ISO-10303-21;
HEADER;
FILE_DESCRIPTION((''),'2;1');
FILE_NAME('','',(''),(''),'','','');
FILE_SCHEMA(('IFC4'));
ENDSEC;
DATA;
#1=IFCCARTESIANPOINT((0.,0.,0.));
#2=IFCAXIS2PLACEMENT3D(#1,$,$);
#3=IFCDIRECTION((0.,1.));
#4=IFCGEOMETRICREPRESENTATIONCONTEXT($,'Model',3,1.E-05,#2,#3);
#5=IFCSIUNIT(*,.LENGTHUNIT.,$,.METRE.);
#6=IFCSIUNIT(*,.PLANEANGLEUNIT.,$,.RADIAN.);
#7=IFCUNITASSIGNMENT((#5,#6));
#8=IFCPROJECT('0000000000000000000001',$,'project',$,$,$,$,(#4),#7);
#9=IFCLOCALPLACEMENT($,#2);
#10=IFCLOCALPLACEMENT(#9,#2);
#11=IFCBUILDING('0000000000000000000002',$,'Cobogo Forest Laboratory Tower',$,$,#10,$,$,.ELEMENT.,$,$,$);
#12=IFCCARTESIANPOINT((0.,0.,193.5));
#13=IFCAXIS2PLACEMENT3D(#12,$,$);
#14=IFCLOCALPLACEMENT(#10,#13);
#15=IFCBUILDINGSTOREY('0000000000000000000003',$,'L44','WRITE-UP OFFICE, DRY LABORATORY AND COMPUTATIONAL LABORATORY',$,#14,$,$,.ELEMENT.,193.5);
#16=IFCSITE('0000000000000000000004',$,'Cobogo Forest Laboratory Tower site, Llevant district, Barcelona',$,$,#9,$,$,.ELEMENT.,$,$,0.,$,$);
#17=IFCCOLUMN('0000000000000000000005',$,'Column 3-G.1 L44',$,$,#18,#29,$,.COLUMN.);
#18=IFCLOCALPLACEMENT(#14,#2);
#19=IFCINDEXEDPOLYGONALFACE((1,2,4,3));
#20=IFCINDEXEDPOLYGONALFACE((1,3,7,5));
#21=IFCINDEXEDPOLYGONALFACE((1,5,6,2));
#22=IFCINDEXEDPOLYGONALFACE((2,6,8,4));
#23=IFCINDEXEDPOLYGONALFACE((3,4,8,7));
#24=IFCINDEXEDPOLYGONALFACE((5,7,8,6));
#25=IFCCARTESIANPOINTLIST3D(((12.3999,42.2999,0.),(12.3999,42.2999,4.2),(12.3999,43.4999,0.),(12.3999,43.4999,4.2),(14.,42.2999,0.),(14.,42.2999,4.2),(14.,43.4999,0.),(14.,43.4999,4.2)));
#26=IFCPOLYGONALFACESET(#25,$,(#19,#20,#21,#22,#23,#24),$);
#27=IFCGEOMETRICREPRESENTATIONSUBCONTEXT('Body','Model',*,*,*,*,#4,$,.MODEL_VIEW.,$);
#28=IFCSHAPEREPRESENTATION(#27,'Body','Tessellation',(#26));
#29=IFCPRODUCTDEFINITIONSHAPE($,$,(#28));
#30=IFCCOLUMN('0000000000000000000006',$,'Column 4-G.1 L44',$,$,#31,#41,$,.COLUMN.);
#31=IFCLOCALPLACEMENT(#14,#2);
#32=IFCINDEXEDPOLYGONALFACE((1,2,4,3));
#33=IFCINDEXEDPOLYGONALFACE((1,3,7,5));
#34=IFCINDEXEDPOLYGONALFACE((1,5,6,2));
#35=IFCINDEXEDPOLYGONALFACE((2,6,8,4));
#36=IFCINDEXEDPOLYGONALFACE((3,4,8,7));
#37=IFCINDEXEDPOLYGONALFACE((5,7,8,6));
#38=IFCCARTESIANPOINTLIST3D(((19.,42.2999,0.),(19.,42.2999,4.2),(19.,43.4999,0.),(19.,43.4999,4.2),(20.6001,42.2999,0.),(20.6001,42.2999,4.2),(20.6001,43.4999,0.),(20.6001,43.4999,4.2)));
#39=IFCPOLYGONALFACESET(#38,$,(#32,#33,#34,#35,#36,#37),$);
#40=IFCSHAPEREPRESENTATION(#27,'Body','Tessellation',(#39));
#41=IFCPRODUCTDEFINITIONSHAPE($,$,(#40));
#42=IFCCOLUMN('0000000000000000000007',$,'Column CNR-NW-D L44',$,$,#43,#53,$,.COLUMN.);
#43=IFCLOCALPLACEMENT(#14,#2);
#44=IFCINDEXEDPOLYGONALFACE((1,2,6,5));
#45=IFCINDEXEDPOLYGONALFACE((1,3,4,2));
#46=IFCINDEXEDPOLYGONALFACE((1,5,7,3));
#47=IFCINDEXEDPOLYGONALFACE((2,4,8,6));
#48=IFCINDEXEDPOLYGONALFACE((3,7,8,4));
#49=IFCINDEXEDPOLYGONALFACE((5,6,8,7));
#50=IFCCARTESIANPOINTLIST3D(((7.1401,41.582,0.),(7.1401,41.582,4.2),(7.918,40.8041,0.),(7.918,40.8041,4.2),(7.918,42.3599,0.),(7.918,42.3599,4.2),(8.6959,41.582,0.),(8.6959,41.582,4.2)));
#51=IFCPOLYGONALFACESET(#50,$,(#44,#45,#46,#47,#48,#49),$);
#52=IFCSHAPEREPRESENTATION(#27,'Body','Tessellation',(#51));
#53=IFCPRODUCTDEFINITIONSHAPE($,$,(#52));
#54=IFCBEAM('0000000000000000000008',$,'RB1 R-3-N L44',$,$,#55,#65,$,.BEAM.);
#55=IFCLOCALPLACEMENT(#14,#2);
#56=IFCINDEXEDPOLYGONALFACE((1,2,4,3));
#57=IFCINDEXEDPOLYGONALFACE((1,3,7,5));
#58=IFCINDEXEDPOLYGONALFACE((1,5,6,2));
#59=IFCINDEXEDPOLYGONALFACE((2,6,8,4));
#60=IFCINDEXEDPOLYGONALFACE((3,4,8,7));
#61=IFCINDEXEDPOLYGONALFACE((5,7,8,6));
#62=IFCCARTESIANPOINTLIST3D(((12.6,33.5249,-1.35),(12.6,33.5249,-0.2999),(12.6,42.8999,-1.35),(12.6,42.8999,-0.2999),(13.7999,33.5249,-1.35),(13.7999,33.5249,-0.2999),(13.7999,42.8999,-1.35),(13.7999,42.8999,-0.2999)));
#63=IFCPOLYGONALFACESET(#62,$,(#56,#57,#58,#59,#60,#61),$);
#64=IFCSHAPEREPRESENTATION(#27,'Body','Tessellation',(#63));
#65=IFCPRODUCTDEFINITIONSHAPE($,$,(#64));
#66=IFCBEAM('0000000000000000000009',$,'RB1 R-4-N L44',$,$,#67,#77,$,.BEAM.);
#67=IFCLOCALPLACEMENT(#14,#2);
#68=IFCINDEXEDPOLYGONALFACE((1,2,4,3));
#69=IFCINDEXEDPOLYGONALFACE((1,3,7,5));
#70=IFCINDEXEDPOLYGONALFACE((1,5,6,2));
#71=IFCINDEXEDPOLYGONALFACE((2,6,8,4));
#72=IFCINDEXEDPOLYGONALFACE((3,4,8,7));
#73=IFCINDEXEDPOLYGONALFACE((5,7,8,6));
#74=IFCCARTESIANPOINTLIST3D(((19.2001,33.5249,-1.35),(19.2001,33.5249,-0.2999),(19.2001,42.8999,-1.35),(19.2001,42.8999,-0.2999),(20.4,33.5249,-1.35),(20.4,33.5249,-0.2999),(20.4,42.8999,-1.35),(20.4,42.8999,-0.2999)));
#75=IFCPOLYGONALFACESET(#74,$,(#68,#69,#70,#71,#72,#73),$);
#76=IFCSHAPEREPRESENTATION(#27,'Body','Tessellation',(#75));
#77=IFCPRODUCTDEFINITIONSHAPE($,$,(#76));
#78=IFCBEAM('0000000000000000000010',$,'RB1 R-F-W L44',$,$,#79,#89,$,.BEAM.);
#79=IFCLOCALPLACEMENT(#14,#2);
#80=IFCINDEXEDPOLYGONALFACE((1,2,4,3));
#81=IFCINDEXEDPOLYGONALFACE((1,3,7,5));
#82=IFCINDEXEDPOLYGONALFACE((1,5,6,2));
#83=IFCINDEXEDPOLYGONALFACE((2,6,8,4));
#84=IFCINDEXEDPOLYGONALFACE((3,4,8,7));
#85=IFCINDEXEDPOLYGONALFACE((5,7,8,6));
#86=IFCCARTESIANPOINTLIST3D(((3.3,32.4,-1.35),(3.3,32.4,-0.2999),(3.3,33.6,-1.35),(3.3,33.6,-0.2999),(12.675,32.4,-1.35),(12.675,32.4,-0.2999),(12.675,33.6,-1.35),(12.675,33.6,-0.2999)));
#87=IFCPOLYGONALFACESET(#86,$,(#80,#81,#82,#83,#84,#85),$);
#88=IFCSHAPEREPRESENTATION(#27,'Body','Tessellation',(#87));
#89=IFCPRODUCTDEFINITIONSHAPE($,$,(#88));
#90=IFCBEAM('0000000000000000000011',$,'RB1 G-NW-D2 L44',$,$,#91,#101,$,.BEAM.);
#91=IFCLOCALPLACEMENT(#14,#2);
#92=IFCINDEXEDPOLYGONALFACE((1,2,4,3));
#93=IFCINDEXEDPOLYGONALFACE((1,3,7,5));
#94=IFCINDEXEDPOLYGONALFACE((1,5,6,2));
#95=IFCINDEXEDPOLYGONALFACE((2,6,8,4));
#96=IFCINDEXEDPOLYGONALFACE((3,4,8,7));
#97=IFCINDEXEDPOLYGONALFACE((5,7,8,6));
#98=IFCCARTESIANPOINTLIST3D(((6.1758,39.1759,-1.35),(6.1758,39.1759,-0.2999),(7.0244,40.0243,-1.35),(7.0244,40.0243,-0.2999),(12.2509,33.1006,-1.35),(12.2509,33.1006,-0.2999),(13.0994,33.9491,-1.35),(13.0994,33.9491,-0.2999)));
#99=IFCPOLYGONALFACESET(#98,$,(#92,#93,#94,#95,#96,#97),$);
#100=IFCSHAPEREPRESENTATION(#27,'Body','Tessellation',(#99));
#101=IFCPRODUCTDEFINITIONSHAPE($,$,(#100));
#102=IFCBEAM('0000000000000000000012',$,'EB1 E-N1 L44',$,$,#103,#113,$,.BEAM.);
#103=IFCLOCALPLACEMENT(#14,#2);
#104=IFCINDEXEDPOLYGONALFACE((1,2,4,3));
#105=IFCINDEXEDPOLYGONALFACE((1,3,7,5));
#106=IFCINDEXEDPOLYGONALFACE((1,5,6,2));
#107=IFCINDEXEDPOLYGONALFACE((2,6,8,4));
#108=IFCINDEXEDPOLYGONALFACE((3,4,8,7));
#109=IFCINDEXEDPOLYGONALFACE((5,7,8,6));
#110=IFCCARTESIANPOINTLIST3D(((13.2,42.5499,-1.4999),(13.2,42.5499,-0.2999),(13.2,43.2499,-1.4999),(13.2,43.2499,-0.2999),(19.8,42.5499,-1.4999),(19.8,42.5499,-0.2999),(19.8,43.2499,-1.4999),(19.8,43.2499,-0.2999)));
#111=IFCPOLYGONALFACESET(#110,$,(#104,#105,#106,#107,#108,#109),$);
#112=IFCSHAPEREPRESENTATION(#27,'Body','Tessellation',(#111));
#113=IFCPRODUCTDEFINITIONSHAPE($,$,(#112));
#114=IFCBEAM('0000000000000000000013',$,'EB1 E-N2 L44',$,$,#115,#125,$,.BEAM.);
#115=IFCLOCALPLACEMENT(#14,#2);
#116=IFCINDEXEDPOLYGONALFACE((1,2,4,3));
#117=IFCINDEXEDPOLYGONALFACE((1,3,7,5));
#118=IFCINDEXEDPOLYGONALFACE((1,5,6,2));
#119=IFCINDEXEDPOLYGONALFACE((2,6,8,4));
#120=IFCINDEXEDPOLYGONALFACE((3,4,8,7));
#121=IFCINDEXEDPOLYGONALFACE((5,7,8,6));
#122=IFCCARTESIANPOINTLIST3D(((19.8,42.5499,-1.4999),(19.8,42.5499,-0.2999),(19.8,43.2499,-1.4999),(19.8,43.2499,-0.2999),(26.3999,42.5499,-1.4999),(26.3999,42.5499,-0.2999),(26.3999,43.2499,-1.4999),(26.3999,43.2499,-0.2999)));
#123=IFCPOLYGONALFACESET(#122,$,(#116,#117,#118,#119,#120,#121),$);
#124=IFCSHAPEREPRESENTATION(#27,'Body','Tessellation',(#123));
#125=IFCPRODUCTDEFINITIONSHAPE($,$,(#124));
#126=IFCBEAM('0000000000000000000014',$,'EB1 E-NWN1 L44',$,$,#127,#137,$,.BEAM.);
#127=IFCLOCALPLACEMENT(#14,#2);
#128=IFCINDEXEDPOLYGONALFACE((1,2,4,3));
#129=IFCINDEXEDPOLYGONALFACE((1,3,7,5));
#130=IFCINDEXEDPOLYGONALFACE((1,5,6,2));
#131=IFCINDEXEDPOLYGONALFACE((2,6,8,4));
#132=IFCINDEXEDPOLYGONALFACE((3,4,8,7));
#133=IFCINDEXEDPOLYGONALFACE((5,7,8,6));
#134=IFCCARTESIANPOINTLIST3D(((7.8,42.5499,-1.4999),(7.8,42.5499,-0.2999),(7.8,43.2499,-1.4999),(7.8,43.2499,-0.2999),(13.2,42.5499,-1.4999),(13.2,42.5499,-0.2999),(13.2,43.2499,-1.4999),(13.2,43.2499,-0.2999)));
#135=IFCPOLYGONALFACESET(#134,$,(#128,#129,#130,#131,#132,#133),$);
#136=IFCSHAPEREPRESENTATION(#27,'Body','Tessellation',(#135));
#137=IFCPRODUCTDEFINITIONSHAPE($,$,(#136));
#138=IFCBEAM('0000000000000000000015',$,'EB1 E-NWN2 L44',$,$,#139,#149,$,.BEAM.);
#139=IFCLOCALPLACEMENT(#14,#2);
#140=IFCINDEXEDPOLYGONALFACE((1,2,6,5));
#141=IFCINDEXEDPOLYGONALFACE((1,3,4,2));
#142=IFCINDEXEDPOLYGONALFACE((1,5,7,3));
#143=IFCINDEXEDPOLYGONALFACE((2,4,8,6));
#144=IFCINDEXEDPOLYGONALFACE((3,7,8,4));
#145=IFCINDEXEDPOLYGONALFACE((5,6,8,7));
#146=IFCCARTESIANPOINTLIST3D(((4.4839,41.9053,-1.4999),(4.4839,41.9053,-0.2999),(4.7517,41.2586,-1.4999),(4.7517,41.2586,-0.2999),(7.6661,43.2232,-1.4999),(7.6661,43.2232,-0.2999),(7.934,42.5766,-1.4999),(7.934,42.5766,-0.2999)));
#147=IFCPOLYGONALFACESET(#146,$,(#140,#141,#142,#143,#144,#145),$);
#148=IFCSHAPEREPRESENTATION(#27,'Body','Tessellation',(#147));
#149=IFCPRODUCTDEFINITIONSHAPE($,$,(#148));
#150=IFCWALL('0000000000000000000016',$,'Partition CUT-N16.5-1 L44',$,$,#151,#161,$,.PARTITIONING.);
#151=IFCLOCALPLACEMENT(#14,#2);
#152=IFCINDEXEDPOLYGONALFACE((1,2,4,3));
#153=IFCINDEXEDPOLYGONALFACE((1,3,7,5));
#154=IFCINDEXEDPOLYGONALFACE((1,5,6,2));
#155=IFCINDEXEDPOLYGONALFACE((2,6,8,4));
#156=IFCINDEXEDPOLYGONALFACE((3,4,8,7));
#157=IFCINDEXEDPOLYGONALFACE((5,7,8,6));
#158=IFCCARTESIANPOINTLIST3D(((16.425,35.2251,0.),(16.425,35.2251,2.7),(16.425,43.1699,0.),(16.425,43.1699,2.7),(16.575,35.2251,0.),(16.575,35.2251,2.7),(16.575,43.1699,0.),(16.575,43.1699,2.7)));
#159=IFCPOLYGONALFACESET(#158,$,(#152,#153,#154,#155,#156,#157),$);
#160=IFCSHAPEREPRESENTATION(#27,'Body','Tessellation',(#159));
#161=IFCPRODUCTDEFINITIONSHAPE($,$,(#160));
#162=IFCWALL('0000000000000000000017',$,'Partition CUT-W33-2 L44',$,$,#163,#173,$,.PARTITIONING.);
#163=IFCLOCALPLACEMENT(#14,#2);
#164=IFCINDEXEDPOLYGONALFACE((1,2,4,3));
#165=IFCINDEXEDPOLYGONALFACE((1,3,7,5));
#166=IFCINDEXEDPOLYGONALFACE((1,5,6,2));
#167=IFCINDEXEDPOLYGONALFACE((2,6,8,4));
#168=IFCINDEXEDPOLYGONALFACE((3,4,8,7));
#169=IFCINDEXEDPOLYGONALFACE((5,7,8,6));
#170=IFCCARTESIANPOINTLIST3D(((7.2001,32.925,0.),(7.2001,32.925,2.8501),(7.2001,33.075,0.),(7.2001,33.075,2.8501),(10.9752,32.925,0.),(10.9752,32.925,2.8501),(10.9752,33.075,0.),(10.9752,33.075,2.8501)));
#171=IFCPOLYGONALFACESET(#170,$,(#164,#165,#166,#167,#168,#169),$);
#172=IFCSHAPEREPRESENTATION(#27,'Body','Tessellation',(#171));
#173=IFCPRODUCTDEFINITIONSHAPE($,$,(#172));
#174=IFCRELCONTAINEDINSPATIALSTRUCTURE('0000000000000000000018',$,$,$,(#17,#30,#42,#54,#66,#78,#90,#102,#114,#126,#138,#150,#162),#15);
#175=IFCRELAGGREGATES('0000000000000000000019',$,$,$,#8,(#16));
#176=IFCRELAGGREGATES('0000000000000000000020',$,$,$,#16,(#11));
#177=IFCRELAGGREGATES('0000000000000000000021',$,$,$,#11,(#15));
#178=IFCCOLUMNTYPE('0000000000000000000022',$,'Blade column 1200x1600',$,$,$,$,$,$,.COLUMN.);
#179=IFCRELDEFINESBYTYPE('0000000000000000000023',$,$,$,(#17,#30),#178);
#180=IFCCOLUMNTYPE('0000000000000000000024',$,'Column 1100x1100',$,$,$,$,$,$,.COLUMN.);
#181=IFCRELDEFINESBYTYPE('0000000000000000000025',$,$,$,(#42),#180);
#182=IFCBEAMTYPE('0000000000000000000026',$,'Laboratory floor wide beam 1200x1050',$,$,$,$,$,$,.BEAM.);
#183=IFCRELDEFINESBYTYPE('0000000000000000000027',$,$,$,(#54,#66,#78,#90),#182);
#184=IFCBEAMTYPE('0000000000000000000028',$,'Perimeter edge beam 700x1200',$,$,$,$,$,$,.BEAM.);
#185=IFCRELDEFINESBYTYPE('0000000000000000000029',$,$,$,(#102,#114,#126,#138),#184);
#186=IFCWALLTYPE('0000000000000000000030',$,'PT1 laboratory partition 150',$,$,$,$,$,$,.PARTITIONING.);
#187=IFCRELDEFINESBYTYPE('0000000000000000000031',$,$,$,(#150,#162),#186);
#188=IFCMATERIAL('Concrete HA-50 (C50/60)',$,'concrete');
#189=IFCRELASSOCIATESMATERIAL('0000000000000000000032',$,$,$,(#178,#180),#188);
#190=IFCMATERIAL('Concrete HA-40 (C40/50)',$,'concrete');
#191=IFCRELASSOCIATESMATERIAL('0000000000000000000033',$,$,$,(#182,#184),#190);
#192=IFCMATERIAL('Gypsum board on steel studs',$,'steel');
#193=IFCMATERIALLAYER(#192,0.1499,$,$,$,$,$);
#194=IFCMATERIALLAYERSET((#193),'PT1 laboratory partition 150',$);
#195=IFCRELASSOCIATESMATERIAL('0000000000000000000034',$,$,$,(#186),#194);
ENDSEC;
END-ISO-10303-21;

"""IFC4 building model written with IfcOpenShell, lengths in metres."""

from ifc_helpers import new_model, si_unit, direction, frame, frame_2d, origin, origin_2d, place, context, subcontext, project, spatial, rectangle, extrude, material, layer, layer_set, material_profile, profile_set, type_object, element, save


model = new_model("IFC4")

# Units and contexts
model_context = context("Model", 3, precision=1e-05, world=origin(), true_north=direction((0.0, 1.0)))
body_context = subcontext(model_context, "Body", "Model", "MODEL_VIEW")
ifc_project = project(units=[si_unit("LENGTHUNIT", "METRE"), si_unit("PLANEANGLEUNIT", "RADIAN")], contexts=[model_context])

# Site, building, storey
site_placement = place(None, origin())
site = spatial("IfcSite", under=ifc_project, at=site_placement, Name="Cobogo Forest Laboratory Tower site, Llevant district, Barcelona", CompositionType="ELEMENT", RefElevation=0.0)
building_placement = place(site_placement, origin())
building = spatial("IfcBuilding", under=site, at=building_placement, Name="Cobogo Forest Laboratory Tower", CompositionType="ELEMENT")
storey_placement = place(building_placement, frame((0.0, 0.0, 193.5)))
storey = spatial("IfcBuildingStorey", under=building, at=storey_placement, Name="L44", Description="WRITE-UP OFFICE, DRY LABORATORY AND COMPUTATIONAL LABORATORY", CompositionType="ELEMENT", Elevation=193.5)

# Columns
ifc_material_1 = material(Name="Concrete HA-50 (C50/60)", Category="concrete")
ifc_material_profile_1 = material_profile(ifc_material_1, rectangle(XDim=1.6001, YDim=1.2, at=origin_2d()), Name="RC 1200x1600")
ifc_profile_set_1 = profile_set([ifc_material_profile_1], Name="Concrete HA-50 (C50/60)")
column_type_1 = type_object("IfcColumnType", Name="Blade column 1200x1600", PredefinedType="COLUMN", material=ifc_profile_set_1)
for number, where, z_axis, x_axis, name in (
    (1, (13.2, 42.8999, 0.0), (0.0, 0.0, 1.0), (1.0, 0.0, 0.0), "Column 3-G.1 L44"),
    (2, (19.8, 42.8999, 0.0), (0.0, 0.0, 1.0), (1.0, 0.0, 0.0), "Column 4-G.1 L44"),
):
    element("IfcColumn", number, at=place(storey_placement, frame(where, z_axis=z_axis, x_axis=x_axis)), inside=storey, type_object=column_type_1, Name=name, PredefinedType="COLUMN", context=body_context, shape_type="SweptSolid", body=[
        extrude(rectangle(XDim=1.6001, YDim=1.2, at=origin_2d()), origin(), (0.0, 0.0, 1.0), 4.2),
    ])
ifc_material_profile_2 = material_profile(ifc_material_1, rectangle(XDim=1.1001, YDim=1.1001, at=origin_2d()), Name="RC 1100x1100")
ifc_profile_set_2 = profile_set([ifc_material_profile_2], Name="Concrete HA-50 (C50/60)")
column_type_2 = type_object("IfcColumnType", Name="Column 1100x1100", PredefinedType="COLUMN", material=ifc_profile_set_2)
column_placement = place(storey_placement, frame((7.918, 41.582, 0.0), z_axis=(0.0, 0.0, 1.0), x_axis=(0.707107, 0.707107, 0.0)))
element("IfcColumn", 3, at=column_placement, inside=storey, type_object=column_type_2, Name="Column CNR-NW-D L44", PredefinedType="COLUMN", context=body_context, shape_type="SweptSolid", body=[
    extrude(rectangle(XDim=1.1001, YDim=1.1001, at=origin_2d()), origin(), (0.0, 0.0, 1.0), 4.2),
])

# Beams
ifc_material_2 = material(Name="Concrete HA-40 (C40/50)", Category="concrete")
ifc_material_profile_3 = material_profile(ifc_material_2, rectangle(XDim=1.2, YDim=1.05, at=origin_2d()), Name="RC 1200x1050")
ifc_profile_set_3 = profile_set([ifc_material_profile_3], Name="Concrete HA-40 (C40/50)")
beam_type_1 = type_object("IfcBeamType", Name="Laboratory floor wide beam 1200x1050", PredefinedType="BEAM", material=ifc_profile_set_3)
for number, where, z_axis, x_axis, name in (
    (4, (13.2, 33.5249, -0.825), (0.0, 1.0, 0.0), (-1.0, 0.0, 0.0), "RB1 R-3-N L44"),
    (5, (19.8, 33.5249, -0.825), (0.0, 1.0, 0.0), (-1.0, 0.0, 0.0), "RB1 R-4-N L44"),
    (6, (12.675, 33.0, -0.825), (-1.0, 0.0, 0.0), (0.0, -1.0, 0.0), "RB1 R-F-W L44"),
):
    element("IfcBeam", number, at=place(storey_placement, frame(where, z_axis=z_axis, x_axis=x_axis)), inside=storey, type_object=beam_type_1, Name=name, PredefinedType="BEAM", context=body_context, shape_type="SweptSolid", body=[
        extrude(rectangle(XDim=1.2, YDim=1.05, at=origin_2d()), origin(), (0.0, 0.0, 1.0), 9.375),
    ])
beam_1_placement = place(storey_placement, frame((6.6001, 39.6001, -0.825), z_axis=(0.707093, -0.707121, 0.0), x_axis=(0.707121, 0.707093, 0.0)))
element("IfcBeam", 7, at=beam_1_placement, inside=storey, type_object=beam_type_1, Name="RB1 G-NW-D2 L44", PredefinedType="BEAM", context=body_context, shape_type="SweptSolid", body=[
    extrude(rectangle(XDim=1.2, YDim=1.05, at=origin_2d()), origin(), (0.0, 0.0, 1.0), 8.5916),
])
ifc_material_profile_4 = material_profile(ifc_material_2, rectangle(XDim=0.7, YDim=1.2, at=origin_2d()), Name="RC 700x1200")
ifc_profile_set_4 = profile_set([ifc_material_profile_4], Name="Concrete HA-40 (C40/50)")
beam_type_2 = type_object("IfcBeamType", Name="Perimeter edge beam 700x1200", PredefinedType="BEAM", material=ifc_profile_set_4)
beam_2_placement = place(storey_placement, frame((13.2, 42.8999, -0.8999), z_axis=(1.0, 0.0, 0.0), x_axis=(0.0, 1.0, 0.0)))
element("IfcBeam", 8, at=beam_2_placement, inside=storey, type_object=beam_type_2, Name="EB1 E-N1 L44", PredefinedType="BEAM", context=body_context, shape_type="SweptSolid", body=[
    extrude(rectangle(XDim=0.7, YDim=1.2, at=origin_2d()), origin(), (0.0, 0.0, 1.0), 6.6001),
])
beam_3_placement = place(storey_placement, frame((19.8, 42.8999, -0.8999), z_axis=(1.0, 0.0, 0.0), x_axis=(0.0, 1.0, 0.0)))
element("IfcBeam", 9, at=beam_3_placement, inside=storey, type_object=beam_type_2, Name="EB1 E-N2 L44", PredefinedType="BEAM", context=body_context, shape_type="SweptSolid", body=[
    extrude(rectangle(XDim=0.7, YDim=1.2, at=origin_2d()), origin(), (0.0, 0.0, 1.0), 6.5999),
])
beam_4_placement = place(storey_placement, frame((13.2, 42.8999, -0.8999), z_axis=(-1.0, 0.0, 0.0), x_axis=(0.0, -1.0, 0.0)))
element("IfcBeam", 10, at=beam_4_placement, inside=storey, type_object=beam_type_2, Name="EB1 E-NWN1 L44", PredefinedType="BEAM", context=body_context, shape_type="SweptSolid", body=[
    extrude(rectangle(XDim=0.7, YDim=1.2, at=origin_2d()), origin(), (0.0, 0.0, 1.0), 5.3999),
])
beam_5_placement = place(storey_placement, frame((7.8, 42.8999, -0.8999), z_axis=(-0.923901, -0.382631, 0.0), x_axis=(0.382631, -0.923901, 0.0)))
element("IfcBeam", 11, at=beam_5_placement, inside=storey, type_object=beam_type_2, Name="EB1 E-NWN2 L44", PredefinedType="BEAM", context=body_context, shape_type="SweptSolid", body=[
    extrude(rectangle(XDim=0.7, YDim=1.2, at=origin_2d()), origin(), (0.0, 0.0, 1.0), 3.4443),
])

# Walls
ifc_material_3 = material(Name="Gypsum board on steel studs", Category="steel")
ifc_layer_1 = layer(ifc_material_3, 0.1499)
ifc_layer_set_1 = layer_set([ifc_layer_1], Name="PT1 laboratory partition 150")
wall_type_1 = type_object("IfcWallType", Name="PT1 laboratory partition 150", PredefinedType="PARTITIONING", material=ifc_layer_set_1)
wall_1_placement = place(storey_placement, frame((16.5, 43.1699, 0.0), z_axis=(0.0, 0.0, 1.0), x_axis=(0.0, -1.0, 0.0)))
element("IfcWall", 12, at=wall_1_placement, inside=storey, type_object=wall_type_1, Name="Partition CUT-N16.5-1 L44", PredefinedType="PARTITIONING", context=body_context, shape_type="SweptSolid", body=[
    extrude(rectangle(XDim=7.9448, YDim=0.1499, at=frame_2d((3.9724, 0.0))), origin(), (0.0, 0.0, 1.0), 2.7),
])
wall_2_placement = place(storey_placement, frame((7.2, 33.0, 0.0), z_axis=(0.0, 0.0, 1.0), x_axis=(1.0, 0.0, 0.0)))
element("IfcWall", 13, at=wall_2_placement, inside=storey, type_object=wall_type_1, Name="Partition CUT-W33-2 L44", PredefinedType="PARTITIONING", context=body_context, shape_type="SweptSolid", body=[
    extrude(rectangle(XDim=3.7751, YDim=0.1499, at=frame_2d((1.8877, 0.0))), origin(), (0.0, 0.0, 1.0), 2.8501),
])

save(model, "model.ifc")
